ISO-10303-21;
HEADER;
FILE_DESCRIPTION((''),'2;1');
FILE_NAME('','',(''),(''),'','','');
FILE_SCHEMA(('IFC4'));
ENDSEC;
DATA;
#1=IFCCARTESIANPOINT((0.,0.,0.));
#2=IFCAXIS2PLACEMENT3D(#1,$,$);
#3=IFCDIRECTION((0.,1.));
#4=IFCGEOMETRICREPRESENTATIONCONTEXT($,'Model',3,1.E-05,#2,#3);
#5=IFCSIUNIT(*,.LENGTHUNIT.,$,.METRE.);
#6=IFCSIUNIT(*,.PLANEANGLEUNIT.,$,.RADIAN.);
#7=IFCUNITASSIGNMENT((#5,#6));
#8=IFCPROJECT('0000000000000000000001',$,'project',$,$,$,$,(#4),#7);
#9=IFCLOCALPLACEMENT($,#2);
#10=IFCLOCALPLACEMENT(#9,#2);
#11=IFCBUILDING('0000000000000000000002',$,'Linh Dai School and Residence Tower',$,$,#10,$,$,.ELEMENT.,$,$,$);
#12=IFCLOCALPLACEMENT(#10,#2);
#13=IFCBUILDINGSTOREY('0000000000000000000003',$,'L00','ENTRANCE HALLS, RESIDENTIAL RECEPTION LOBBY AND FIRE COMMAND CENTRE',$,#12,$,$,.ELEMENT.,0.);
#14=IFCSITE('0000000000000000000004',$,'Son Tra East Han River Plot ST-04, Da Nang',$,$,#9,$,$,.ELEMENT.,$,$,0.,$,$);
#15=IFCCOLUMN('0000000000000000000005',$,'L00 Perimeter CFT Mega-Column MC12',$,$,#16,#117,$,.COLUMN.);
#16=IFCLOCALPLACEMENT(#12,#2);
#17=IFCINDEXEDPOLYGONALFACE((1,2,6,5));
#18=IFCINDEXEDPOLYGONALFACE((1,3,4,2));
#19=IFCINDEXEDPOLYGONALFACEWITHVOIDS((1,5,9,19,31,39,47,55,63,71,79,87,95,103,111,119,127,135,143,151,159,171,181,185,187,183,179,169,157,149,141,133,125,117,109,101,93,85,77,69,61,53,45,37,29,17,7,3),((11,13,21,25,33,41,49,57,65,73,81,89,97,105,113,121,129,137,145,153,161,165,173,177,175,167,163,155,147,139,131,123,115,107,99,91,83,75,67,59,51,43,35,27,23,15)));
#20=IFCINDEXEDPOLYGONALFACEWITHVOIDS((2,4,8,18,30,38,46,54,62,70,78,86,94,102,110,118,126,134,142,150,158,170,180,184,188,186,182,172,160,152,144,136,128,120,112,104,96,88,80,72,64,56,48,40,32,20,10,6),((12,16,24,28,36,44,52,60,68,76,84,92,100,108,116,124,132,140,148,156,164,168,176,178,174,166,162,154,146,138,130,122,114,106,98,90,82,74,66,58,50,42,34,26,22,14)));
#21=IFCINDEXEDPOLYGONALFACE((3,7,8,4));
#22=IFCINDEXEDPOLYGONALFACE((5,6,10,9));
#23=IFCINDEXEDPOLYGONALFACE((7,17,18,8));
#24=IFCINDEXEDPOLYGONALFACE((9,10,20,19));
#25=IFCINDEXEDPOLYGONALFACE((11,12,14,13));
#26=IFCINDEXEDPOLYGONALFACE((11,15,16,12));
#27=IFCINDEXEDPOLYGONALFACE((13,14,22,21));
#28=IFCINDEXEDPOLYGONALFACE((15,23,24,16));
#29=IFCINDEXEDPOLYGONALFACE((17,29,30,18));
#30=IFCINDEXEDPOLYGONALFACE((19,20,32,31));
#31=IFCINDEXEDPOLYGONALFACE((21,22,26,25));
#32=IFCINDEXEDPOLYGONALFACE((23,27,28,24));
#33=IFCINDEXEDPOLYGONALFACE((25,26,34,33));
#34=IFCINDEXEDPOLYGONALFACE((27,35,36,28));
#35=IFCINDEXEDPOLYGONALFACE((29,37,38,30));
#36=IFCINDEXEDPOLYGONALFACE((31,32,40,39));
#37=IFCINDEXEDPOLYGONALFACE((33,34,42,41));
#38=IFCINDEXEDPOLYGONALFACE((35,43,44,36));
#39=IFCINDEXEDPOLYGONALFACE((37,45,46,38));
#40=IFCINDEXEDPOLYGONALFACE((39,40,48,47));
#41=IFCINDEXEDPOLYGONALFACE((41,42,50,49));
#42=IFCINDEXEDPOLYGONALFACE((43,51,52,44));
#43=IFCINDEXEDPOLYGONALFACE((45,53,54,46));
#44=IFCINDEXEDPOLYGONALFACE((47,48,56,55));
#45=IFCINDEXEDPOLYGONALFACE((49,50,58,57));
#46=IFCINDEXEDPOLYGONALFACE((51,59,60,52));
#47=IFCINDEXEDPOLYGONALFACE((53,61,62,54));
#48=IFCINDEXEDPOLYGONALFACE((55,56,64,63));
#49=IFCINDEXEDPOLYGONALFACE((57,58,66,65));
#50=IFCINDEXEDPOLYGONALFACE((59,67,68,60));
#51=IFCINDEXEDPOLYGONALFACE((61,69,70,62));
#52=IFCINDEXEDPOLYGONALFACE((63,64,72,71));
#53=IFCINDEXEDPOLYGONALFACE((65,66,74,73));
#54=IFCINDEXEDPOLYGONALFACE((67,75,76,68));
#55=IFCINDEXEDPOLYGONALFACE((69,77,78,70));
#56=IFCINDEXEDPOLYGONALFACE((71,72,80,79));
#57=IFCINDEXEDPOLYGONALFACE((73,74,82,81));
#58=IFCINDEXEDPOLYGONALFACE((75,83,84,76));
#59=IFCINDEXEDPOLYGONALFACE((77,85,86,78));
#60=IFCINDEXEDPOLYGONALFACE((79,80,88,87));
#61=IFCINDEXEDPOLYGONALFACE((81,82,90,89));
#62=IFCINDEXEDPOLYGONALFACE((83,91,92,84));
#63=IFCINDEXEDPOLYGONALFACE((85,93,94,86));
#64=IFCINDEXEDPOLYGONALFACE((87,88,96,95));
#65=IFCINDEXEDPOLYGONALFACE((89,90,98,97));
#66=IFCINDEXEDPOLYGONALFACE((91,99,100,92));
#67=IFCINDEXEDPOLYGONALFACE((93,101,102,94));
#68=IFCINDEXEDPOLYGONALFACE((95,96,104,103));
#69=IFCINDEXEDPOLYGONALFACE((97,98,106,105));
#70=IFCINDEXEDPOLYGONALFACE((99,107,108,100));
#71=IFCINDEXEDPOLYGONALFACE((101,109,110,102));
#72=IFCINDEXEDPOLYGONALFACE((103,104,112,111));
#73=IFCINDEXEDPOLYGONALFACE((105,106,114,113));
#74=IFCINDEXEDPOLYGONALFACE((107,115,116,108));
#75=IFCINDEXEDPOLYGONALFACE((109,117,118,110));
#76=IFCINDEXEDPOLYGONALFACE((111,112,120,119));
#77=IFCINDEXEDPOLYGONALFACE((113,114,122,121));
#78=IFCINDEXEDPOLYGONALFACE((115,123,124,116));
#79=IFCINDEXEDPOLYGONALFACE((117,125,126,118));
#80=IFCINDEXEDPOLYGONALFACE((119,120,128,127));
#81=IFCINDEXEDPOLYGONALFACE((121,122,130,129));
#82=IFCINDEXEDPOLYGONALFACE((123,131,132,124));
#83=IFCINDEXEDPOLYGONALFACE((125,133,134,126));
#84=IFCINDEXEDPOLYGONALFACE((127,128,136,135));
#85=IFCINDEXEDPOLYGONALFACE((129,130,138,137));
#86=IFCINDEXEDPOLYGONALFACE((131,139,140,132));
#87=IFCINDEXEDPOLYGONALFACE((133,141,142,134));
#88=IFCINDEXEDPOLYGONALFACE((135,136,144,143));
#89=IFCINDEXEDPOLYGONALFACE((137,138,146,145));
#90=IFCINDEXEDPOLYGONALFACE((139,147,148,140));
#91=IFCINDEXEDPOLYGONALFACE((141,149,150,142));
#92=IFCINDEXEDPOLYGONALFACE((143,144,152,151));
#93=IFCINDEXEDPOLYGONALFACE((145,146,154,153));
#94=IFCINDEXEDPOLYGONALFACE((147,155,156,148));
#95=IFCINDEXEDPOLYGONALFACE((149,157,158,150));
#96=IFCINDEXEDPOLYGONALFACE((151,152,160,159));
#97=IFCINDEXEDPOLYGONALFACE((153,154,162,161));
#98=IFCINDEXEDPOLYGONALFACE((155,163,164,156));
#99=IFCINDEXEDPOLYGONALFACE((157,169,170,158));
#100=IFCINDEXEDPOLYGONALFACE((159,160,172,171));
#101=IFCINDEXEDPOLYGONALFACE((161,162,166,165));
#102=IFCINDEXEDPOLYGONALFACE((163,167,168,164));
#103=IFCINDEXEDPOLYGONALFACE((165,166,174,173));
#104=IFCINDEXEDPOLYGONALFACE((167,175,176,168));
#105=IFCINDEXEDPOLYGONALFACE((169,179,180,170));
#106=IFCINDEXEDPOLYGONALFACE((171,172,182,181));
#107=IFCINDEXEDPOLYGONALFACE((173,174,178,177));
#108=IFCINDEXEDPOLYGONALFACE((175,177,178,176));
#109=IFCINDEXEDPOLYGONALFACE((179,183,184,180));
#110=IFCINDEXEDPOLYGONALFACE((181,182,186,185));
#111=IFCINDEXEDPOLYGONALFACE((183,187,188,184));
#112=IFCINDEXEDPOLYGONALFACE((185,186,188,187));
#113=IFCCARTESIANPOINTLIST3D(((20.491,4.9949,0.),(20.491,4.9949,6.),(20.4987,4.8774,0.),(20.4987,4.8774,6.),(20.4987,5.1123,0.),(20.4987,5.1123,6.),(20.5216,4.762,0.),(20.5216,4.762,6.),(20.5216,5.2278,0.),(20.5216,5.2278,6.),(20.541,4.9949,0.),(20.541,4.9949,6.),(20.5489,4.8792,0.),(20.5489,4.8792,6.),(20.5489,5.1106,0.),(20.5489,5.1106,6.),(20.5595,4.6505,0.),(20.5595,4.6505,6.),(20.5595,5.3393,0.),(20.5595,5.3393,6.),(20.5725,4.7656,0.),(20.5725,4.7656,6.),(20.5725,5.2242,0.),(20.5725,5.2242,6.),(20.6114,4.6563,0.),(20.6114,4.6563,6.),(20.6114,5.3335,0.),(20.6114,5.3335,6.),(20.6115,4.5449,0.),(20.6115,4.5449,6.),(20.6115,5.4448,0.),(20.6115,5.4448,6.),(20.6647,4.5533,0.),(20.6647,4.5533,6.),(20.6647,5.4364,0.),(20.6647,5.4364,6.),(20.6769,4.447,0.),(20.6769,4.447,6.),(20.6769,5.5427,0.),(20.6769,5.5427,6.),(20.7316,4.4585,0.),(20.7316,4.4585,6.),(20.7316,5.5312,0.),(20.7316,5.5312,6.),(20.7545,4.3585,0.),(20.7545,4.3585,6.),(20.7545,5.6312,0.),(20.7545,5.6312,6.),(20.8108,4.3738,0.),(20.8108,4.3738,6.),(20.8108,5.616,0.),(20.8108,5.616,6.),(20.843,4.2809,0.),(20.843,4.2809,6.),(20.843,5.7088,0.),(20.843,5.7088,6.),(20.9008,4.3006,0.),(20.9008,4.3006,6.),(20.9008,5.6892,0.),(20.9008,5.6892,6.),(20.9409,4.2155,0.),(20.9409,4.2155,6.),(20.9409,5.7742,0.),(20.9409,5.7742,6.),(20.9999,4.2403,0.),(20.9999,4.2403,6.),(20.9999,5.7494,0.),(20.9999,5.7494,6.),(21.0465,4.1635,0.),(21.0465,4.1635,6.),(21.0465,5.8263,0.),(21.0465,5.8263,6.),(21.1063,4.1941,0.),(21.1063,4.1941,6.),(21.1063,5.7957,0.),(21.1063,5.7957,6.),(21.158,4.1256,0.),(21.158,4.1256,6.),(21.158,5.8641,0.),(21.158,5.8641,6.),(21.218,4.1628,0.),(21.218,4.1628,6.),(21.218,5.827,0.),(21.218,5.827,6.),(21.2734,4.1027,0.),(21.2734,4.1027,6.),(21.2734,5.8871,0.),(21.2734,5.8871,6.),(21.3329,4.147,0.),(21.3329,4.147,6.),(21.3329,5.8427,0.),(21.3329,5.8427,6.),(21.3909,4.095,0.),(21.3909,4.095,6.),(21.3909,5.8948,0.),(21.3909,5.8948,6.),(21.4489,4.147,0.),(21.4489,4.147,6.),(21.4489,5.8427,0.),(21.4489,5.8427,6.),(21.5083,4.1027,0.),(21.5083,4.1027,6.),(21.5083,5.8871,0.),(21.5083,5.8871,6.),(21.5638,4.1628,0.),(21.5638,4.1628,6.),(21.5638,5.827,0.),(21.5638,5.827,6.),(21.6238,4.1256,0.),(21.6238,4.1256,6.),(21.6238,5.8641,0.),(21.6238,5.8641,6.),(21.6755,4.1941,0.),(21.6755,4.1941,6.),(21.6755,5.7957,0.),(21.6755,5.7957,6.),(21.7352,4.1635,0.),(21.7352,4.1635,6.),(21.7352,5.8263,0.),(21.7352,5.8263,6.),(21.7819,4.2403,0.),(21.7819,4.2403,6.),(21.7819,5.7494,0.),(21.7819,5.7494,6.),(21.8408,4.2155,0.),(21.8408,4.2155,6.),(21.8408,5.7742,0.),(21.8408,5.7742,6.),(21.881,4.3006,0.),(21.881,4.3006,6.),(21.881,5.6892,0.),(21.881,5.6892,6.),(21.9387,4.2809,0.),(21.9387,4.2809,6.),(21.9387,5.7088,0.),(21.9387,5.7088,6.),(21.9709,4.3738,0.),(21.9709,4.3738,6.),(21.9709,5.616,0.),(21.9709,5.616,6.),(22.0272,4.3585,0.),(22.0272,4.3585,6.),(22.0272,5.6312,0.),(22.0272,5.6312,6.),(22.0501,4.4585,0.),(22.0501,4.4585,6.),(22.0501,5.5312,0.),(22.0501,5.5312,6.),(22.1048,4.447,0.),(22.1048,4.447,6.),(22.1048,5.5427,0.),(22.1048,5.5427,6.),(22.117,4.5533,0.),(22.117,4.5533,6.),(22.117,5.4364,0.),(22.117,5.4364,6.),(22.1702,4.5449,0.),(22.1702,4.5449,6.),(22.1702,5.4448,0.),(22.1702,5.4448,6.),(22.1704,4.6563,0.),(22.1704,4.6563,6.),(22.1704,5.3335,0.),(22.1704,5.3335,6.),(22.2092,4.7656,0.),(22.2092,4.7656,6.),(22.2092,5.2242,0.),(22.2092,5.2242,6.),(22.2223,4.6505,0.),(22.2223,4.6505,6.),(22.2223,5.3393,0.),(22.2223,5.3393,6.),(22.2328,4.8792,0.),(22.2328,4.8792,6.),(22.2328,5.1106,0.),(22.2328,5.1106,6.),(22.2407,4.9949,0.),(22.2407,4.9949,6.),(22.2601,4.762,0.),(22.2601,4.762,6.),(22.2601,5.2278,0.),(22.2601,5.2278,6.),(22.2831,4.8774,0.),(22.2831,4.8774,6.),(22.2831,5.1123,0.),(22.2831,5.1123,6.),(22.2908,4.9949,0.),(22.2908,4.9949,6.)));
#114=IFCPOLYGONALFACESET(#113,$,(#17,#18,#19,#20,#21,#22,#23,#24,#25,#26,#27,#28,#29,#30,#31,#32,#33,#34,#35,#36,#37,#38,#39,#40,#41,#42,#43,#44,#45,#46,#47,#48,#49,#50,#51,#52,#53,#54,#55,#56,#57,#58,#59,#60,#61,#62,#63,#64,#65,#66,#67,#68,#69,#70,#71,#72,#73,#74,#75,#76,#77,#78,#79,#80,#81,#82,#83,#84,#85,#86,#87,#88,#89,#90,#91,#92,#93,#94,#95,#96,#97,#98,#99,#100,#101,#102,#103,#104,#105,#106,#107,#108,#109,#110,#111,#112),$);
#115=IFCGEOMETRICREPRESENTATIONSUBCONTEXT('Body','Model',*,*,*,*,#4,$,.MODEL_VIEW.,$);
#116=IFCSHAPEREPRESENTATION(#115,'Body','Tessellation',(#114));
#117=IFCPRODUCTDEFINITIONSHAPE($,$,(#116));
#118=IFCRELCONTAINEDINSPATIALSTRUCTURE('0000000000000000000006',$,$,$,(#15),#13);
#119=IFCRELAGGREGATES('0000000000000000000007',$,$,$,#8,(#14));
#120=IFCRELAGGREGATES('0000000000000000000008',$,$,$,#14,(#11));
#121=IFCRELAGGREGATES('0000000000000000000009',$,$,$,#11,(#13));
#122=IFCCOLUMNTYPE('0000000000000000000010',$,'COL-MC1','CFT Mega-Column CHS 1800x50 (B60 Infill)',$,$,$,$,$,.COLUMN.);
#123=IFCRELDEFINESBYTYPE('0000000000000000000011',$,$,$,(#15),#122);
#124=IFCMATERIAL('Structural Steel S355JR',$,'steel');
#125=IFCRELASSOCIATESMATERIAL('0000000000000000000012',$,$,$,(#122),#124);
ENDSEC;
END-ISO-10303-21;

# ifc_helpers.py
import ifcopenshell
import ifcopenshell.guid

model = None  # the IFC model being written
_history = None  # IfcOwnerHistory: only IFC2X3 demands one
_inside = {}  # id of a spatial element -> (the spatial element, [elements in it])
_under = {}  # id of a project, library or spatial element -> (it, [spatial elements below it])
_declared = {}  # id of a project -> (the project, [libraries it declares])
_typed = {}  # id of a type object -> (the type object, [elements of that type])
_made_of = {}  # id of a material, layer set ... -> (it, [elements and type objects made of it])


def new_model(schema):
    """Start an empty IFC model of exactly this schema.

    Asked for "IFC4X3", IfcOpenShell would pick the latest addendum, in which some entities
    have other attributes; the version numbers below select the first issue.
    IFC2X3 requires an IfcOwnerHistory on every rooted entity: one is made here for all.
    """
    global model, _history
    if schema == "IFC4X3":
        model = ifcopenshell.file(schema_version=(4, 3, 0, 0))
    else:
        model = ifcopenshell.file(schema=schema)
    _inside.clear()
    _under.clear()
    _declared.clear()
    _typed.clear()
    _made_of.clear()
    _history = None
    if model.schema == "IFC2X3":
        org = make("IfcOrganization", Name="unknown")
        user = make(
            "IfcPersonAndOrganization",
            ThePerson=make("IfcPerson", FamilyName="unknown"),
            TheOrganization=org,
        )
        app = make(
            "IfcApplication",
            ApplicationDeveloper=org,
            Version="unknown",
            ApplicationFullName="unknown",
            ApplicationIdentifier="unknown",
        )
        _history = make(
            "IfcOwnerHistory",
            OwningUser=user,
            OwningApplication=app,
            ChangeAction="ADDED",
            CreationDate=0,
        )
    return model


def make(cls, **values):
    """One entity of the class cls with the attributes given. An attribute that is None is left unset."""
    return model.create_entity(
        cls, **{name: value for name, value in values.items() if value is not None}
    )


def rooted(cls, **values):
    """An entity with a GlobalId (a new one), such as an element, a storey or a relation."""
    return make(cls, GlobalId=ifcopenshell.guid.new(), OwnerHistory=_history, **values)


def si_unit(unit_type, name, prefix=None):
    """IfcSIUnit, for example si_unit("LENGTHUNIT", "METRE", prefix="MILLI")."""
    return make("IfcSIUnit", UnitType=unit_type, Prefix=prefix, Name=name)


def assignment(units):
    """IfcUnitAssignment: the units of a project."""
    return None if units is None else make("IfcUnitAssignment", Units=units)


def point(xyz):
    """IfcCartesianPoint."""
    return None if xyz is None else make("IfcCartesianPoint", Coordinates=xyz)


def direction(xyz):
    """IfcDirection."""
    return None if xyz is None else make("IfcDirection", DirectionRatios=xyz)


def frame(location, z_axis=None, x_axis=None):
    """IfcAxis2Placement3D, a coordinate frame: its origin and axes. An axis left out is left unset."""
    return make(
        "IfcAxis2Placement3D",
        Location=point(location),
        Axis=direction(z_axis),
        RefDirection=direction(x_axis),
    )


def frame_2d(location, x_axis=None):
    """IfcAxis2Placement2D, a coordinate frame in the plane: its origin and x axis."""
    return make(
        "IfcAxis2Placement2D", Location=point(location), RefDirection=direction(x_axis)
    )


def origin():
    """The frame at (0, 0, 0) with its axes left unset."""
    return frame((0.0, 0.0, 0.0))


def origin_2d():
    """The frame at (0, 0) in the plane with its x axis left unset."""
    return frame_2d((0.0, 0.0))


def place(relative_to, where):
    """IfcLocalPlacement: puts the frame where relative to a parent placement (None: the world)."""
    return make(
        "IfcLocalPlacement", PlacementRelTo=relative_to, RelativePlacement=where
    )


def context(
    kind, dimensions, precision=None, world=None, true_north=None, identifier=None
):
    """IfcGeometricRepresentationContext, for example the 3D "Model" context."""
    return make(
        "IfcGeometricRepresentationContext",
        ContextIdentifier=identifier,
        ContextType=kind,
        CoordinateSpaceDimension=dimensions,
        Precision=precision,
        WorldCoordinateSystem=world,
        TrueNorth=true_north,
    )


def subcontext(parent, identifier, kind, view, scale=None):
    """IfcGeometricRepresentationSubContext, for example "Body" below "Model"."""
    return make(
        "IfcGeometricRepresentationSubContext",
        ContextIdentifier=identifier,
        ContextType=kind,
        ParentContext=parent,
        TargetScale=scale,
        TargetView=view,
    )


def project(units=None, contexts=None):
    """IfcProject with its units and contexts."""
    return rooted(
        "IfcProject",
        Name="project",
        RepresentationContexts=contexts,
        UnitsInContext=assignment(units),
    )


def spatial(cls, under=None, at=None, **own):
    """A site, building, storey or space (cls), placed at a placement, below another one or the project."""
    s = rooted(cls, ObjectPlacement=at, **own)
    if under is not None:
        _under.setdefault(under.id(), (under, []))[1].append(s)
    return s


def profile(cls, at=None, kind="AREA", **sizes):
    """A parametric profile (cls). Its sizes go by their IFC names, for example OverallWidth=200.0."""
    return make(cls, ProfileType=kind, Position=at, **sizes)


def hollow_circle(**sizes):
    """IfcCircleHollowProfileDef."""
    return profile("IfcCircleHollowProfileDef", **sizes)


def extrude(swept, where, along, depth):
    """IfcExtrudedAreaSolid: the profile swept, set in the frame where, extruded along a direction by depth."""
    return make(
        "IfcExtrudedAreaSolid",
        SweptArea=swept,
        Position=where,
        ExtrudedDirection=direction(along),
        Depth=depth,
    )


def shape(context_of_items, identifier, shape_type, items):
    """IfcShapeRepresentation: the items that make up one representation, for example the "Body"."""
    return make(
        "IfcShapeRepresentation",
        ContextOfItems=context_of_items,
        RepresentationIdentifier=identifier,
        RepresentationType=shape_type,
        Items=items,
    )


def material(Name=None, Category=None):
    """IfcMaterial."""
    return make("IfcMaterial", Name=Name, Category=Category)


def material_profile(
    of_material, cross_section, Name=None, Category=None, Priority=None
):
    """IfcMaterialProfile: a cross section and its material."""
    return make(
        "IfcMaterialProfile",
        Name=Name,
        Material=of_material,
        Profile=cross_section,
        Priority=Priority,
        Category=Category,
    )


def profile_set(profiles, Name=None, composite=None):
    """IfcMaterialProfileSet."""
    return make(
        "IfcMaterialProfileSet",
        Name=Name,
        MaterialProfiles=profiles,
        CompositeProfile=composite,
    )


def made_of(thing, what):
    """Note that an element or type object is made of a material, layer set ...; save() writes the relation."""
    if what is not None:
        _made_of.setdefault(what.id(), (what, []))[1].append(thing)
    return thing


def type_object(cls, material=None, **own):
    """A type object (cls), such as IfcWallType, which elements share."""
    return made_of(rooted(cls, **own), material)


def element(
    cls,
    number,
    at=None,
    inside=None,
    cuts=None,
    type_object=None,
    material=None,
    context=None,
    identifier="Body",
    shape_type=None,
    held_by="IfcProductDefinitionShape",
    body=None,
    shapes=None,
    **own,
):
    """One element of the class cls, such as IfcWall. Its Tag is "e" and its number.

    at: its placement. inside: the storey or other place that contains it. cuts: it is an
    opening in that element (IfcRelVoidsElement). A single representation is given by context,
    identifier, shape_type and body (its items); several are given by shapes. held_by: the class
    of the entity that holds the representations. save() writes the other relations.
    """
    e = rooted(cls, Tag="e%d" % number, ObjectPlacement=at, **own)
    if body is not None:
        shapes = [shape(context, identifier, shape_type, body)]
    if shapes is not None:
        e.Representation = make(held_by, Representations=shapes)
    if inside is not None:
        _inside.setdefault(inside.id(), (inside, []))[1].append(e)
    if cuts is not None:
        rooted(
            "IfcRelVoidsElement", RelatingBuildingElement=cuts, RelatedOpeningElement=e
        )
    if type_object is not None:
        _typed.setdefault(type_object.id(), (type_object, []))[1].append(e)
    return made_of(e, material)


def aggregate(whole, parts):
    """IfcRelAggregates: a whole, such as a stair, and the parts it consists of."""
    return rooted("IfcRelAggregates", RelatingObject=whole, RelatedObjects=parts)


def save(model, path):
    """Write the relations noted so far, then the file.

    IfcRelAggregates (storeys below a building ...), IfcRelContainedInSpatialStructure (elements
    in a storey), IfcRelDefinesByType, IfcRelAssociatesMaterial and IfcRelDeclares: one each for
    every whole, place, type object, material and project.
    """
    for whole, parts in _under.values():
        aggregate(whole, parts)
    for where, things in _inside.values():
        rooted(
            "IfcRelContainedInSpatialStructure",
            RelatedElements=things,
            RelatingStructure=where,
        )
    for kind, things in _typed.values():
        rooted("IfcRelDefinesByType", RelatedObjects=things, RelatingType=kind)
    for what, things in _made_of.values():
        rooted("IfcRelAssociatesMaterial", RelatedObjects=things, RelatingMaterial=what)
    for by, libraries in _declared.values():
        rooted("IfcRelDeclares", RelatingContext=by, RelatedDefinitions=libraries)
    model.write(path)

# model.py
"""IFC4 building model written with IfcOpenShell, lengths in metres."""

from ifc_helpers import new_model, si_unit, direction, frame, origin, origin_2d, place, context, subcontext, project, spatial, hollow_circle, extrude, material, material_profile, profile_set, type_object, element, save


model = new_model("IFC4")

# Units and contexts
model_context = context("Model", 3, precision=1e-05, world=origin(), true_north=direction((0.0, 1.0)))
body_context = subcontext(model_context, "Body", "Model", "MODEL_VIEW")
ifc_project = project(units=[si_unit("LENGTHUNIT", "METRE"), si_unit("PLANEANGLEUNIT", "RADIAN")], contexts=[model_context])

# Site, building, storey
site_placement = place(None, origin())
site = spatial("IfcSite", under=ifc_project, at=site_placement, Name="Son Tra East Han River Plot ST-04, Da Nang", CompositionType="ELEMENT", RefElevation=0.0)
building_placement = place(site_placement, origin())
building = spatial("IfcBuilding", under=site, at=building_placement, Name="Linh Dai School and Residence Tower", CompositionType="ELEMENT")
storey_placement = place(building_placement, origin())
storey = spatial("IfcBuildingStorey", under=building, at=storey_placement, Name="L00", Description="ENTRANCE HALLS, RESIDENTIAL RECEPTION LOBBY AND FIRE COMMAND CENTRE", CompositionType="ELEMENT", Elevation=0.0)

# Column
ifc_material_1 = material(Name="Structural Steel S355JR", Category="steel")
ifc_material_profile_1 = material_profile(ifc_material_1, hollow_circle(Radius=0.8999, WallThickness=0.05, at=origin_2d()), Name="CHS 1800x50")
ifc_profile_set_1 = profile_set([ifc_material_profile_1], Name="Structural Steel S355JR")
column_type = type_object("IfcColumnType", Name="COL-MC1", Description="CFT Mega-Column CHS 1800x50 (B60 Infill)", PredefinedType="COLUMN", material=ifc_profile_set_1)
for number, where, z_axis, x_axis, name in (
    (1, (21.3909, 4.9949, 0.0), (0.0, 0.0, 1.0), (1.0, 0.0, 0.0), "L00 Perimeter CFT Mega-Column MC12"),
):
    element("IfcColumn", number, at=place(storey_placement, frame(where, z_axis=z_axis, x_axis=x_axis)), inside=storey, type_object=column_type, Name=name, PredefinedType="COLUMN", context=body_context, shape_type="SweptSolid", body=[
        extrude(hollow_circle(Radius=0.8999, WallThickness=0.05, at=origin_2d()), origin(), (0.0, 0.0, 1.0), 6.0),
    ])

save(model, "model.ifc")
